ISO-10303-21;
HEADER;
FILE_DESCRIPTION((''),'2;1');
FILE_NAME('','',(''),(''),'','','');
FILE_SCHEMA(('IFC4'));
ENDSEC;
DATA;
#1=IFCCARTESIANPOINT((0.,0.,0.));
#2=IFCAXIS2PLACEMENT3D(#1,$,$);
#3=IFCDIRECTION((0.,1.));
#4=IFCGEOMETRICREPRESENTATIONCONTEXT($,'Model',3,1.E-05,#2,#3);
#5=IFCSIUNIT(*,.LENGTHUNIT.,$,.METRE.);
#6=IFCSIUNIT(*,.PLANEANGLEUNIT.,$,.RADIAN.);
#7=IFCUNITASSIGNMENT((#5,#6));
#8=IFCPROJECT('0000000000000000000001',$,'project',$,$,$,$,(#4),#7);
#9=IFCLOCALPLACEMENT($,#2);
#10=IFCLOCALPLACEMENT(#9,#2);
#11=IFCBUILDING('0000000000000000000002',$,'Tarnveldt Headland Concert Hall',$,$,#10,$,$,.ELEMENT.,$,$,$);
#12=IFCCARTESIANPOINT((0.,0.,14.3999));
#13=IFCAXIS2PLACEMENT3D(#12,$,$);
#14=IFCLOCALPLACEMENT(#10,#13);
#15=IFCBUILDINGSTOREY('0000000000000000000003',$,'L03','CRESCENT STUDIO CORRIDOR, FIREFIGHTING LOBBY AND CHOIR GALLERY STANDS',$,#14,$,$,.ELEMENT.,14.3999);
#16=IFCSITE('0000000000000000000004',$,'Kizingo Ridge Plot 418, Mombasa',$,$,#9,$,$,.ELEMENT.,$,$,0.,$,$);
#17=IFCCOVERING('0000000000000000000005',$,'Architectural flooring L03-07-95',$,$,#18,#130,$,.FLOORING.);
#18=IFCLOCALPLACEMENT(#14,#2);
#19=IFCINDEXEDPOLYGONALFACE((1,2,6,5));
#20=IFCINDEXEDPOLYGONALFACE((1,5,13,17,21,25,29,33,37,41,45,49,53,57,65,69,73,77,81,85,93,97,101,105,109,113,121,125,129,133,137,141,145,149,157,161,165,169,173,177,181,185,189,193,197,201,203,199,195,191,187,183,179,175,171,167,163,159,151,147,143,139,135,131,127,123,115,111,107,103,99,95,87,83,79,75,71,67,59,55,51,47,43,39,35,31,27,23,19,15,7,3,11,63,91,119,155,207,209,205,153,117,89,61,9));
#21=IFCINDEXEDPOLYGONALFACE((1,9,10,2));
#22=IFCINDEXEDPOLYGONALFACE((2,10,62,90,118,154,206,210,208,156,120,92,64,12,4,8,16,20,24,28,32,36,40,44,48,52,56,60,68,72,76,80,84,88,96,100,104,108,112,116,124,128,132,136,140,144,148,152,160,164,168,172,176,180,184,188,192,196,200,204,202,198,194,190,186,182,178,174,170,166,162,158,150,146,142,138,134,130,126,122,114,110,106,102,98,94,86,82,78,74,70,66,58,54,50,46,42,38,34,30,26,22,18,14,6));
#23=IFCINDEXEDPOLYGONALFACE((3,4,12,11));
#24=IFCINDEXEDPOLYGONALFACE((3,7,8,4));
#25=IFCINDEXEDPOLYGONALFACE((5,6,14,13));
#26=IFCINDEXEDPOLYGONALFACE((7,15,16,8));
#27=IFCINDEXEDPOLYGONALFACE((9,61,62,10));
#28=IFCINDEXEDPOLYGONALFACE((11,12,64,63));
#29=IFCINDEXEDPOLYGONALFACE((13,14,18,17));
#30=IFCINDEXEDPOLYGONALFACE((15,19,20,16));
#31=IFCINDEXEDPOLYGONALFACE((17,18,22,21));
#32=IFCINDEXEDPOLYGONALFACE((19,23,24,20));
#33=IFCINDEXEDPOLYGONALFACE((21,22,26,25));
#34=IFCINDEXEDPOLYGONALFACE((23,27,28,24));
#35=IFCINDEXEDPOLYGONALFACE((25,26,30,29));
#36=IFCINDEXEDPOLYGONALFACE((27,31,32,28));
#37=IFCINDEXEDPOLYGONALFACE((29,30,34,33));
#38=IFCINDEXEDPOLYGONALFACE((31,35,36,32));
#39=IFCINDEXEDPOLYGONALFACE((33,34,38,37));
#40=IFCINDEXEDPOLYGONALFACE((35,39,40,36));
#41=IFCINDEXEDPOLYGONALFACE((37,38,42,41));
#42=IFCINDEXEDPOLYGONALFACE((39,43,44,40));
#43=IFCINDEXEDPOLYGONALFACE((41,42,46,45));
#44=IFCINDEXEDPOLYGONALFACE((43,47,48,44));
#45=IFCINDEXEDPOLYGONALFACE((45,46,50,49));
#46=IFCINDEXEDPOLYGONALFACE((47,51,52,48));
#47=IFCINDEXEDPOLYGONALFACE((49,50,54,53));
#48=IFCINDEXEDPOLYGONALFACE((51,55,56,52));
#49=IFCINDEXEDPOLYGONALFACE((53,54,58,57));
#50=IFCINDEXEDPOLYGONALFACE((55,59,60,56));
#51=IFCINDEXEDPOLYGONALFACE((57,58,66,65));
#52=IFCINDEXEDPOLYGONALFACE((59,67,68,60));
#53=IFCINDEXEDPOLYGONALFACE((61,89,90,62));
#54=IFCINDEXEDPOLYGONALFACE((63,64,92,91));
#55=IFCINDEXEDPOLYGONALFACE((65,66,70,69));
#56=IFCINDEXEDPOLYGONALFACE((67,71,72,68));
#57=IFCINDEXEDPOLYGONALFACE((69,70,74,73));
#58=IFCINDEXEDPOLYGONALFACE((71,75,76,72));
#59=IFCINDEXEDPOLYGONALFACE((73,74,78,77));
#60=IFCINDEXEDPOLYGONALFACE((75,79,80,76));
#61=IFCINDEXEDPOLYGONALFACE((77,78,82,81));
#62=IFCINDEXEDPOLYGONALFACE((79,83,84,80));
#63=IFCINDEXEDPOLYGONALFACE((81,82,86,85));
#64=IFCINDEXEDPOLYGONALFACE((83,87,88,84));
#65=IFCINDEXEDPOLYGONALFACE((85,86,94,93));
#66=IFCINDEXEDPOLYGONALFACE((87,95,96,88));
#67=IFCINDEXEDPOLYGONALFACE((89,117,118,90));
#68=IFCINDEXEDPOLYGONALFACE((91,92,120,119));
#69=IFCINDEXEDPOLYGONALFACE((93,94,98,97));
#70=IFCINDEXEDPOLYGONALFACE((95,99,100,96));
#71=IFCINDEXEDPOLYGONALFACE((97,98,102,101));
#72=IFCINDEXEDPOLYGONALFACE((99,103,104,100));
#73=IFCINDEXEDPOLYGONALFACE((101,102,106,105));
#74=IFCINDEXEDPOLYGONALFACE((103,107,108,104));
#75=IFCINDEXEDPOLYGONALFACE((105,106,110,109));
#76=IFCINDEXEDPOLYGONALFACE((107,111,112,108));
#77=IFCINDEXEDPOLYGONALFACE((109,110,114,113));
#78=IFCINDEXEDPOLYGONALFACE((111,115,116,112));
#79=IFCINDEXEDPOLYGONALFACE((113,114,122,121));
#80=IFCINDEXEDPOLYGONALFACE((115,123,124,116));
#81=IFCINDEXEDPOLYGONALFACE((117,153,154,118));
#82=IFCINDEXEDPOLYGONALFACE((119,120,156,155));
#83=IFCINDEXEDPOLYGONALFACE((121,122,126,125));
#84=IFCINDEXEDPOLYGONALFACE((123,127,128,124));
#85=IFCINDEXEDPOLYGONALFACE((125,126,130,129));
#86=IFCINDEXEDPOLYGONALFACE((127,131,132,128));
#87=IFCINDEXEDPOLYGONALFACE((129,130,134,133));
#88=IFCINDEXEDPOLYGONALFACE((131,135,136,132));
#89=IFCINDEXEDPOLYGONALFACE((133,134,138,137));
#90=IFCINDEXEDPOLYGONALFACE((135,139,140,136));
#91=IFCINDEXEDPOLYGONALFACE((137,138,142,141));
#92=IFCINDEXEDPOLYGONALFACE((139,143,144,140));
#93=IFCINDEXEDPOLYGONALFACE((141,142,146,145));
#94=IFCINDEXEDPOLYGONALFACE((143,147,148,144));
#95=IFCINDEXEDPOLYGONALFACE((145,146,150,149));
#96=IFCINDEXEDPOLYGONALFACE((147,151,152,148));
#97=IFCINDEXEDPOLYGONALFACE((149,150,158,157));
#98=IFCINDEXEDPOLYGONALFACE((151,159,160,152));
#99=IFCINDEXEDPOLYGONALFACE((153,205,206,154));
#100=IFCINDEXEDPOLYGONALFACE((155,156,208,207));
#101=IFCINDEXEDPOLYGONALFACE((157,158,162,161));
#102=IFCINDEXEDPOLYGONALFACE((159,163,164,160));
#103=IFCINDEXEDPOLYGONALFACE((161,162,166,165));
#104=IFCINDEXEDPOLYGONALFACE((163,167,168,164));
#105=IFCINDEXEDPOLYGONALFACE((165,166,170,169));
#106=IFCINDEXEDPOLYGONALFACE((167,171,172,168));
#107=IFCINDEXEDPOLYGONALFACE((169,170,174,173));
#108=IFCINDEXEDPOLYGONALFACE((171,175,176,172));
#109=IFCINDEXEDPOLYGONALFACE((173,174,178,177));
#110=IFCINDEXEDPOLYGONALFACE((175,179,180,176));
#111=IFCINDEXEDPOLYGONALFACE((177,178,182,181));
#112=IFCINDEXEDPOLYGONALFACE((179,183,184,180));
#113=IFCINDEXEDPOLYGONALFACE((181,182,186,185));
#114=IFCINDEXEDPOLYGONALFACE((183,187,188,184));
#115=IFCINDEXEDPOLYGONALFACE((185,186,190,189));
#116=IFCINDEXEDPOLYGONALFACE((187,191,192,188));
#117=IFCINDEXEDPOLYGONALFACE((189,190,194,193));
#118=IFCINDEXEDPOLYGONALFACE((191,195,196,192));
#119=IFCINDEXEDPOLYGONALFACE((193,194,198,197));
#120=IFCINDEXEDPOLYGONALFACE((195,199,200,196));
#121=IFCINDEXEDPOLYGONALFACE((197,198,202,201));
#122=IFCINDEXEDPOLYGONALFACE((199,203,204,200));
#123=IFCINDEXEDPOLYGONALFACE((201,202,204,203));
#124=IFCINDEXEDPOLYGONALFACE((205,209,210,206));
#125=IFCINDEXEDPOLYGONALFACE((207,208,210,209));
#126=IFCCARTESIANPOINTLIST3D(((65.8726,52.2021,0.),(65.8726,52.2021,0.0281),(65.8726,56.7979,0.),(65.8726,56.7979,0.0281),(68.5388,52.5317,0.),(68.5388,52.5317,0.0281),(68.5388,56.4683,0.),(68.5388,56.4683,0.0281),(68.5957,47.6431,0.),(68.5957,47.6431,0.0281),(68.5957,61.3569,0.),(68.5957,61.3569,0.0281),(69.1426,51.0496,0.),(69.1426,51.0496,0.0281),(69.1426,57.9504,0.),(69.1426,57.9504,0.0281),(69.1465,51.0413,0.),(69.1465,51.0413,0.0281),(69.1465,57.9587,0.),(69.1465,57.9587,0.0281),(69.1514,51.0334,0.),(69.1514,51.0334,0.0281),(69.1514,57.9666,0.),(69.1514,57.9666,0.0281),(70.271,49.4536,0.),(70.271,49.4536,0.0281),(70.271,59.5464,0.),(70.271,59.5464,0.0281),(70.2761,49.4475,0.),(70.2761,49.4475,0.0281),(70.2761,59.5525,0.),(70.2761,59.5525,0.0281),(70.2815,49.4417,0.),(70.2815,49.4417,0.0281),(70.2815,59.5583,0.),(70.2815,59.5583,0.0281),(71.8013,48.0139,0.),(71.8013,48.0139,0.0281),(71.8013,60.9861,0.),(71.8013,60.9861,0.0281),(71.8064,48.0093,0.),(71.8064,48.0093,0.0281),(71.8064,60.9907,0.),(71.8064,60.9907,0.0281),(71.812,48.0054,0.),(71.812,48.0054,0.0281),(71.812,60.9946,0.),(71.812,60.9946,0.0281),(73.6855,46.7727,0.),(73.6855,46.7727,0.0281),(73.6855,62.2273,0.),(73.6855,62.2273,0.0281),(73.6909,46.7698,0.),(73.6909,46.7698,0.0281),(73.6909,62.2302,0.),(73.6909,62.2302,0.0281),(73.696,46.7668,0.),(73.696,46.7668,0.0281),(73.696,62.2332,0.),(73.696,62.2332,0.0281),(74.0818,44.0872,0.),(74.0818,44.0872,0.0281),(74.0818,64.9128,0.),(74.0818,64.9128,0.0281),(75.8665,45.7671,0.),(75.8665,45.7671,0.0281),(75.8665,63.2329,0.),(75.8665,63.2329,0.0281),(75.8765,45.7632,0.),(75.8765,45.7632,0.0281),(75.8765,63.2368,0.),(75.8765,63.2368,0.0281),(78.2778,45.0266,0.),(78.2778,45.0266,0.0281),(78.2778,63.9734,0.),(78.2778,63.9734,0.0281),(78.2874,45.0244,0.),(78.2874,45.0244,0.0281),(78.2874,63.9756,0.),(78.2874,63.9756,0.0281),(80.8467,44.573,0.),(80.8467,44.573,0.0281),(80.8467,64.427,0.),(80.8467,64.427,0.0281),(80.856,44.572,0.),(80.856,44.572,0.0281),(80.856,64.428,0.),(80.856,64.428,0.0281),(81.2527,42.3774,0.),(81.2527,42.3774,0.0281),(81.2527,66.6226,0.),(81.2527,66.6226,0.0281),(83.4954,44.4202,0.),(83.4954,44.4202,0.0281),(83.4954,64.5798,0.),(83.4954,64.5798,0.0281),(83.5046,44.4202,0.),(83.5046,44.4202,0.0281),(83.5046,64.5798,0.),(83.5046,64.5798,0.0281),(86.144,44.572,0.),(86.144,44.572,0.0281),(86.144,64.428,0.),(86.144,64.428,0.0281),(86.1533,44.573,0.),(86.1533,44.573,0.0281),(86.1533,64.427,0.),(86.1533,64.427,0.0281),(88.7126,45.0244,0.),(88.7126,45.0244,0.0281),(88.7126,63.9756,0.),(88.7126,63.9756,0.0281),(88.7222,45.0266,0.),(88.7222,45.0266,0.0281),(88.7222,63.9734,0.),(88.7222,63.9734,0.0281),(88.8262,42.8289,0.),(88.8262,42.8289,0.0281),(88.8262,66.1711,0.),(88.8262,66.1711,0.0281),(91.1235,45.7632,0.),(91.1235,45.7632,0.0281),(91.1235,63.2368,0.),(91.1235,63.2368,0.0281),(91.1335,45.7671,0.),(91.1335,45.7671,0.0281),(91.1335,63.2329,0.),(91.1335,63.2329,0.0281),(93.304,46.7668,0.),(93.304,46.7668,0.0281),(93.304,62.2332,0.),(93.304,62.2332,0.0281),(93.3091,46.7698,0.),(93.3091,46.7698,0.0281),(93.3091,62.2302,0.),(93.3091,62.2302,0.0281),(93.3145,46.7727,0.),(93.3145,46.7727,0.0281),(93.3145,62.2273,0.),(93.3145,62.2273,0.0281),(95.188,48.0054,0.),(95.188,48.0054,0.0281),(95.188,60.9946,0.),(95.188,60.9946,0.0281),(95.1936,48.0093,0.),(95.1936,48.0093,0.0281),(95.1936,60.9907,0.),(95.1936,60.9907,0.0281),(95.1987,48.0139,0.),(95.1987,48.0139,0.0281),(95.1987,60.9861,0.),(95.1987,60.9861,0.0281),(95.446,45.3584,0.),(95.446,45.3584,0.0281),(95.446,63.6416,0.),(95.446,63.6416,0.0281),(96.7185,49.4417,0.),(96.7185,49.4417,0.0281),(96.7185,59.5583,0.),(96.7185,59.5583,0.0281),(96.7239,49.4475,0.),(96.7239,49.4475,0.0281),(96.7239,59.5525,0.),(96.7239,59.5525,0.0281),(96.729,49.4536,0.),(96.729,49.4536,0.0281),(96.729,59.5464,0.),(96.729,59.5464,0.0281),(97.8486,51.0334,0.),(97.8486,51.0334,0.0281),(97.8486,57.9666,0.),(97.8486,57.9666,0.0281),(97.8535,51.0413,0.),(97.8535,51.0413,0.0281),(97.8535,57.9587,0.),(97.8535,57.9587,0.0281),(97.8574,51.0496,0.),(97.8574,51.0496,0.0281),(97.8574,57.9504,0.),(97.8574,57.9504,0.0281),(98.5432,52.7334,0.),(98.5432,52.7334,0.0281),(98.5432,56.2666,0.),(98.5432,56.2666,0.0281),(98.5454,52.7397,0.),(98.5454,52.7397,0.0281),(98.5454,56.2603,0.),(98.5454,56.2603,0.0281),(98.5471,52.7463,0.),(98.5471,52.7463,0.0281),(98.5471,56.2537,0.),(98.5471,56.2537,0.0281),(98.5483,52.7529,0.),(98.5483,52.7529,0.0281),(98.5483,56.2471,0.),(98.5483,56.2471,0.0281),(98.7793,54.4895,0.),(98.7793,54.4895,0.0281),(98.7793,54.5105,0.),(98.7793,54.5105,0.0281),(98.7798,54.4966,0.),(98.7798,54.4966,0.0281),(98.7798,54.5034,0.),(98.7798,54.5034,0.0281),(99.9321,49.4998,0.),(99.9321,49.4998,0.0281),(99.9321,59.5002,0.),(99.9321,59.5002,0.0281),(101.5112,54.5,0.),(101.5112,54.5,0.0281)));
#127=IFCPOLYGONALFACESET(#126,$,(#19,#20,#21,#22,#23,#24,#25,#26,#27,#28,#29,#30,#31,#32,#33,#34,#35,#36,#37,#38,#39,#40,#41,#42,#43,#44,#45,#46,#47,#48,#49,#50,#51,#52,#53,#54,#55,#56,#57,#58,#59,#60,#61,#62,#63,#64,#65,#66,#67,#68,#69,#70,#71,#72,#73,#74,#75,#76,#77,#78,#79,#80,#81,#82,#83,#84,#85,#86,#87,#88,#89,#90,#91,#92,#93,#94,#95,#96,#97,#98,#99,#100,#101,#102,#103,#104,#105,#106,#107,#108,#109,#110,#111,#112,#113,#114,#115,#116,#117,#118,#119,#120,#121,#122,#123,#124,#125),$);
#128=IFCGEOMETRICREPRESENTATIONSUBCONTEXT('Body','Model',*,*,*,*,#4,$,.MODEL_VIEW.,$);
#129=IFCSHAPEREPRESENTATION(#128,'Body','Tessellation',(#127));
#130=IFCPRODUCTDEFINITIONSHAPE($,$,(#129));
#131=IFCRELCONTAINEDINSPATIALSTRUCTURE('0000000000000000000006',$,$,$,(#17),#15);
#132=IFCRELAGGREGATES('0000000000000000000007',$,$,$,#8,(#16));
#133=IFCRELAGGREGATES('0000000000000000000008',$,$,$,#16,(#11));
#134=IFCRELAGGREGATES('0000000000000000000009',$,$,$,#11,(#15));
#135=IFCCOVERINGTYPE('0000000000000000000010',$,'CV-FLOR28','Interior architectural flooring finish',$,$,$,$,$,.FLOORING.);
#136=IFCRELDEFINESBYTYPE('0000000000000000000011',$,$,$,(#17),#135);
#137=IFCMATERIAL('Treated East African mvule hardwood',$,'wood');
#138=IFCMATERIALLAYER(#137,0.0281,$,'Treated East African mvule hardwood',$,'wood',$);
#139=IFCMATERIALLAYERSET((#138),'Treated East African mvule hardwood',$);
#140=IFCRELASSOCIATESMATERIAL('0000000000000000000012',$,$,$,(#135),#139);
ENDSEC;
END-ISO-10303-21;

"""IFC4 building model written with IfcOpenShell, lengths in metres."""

from ifc_helpers import new_model, si_unit, direction, frame, origin, place, context, subcontext, project, spatial, polyline, outline, extrude, material, layer, layer_set, type_object, element, save


model = new_model("IFC4")

# Units and contexts
model_context = context("Model", 3, precision=1e-05, world=origin(), true_north=direction((0.0, 1.0)))
body_context = subcontext(model_context, "Body", "Model", "MODEL_VIEW")
ifc_project = project(units=[si_unit("LENGTHUNIT", "METRE"), si_unit("PLANEANGLEUNIT", "RADIAN")], contexts=[model_context])

# Site, building, storey
site_placement = place(None, origin())
site = spatial("IfcSite", under=ifc_project, at=site_placement, Name="Kizingo Ridge Plot 418, Mombasa", CompositionType="ELEMENT", RefElevation=0.0)
building_placement = place(site_placement, origin())
building = spatial("IfcBuilding", under=site, at=building_placement, Name="Tarnveldt Headland Concert Hall", CompositionType="ELEMENT")
storey_placement = place(building_placement, frame((0.0, 0.0, 14.3999)))
storey = spatial("IfcBuildingStorey", under=building, at=storey_placement, Name="L03", Description="CRESCENT STUDIO CORRIDOR, FIREFIGHTING LOBBY AND CHOIR GALLERY STANDS", CompositionType="ELEMENT", Elevation=14.3999)

# Covering
ifc_material_1 = material(Name="Treated East African mvule hardwood", Category="wood")
ifc_layer_1 = layer(ifc_material_1, 0.0281, Name="Treated East African mvule hardwood", Category="wood")
ifc_layer_set_1 = layer_set([ifc_layer_1], Name="Treated East African mvule hardwood")
covering_type_1 = type_object("IfcCoveringType", Name="CV-FLOR28", Description="Interior architectural flooring finish", PredefinedType="FLOORING", material=ifc_layer_set_1)
covering_1_placement = place(storey_placement, origin())
element("IfcCovering", 1, at=covering_1_placement, inside=storey, type_object=covering_type_1, Name="Architectural flooring L03-07-95", PredefinedType="FLOORING", context=body_context, shape_type="SweptSolid", body=[
    extrude(outline(polyline([(68.5388, 52.5317), (69.1426, 51.0496), (69.1465, 51.0413), (69.1514, 51.0334), (70.271, 49.4536), (70.2761, 49.4475), (70.2815, 49.4417), (71.8013, 48.0139), (71.8064, 48.0093), (71.812, 48.0054), (73.6855, 46.7727), (73.6909, 46.7698), (73.696, 46.7668), (75.8665, 45.7671), (75.8765, 45.7632), (78.2778, 45.0266), (78.2874, 45.0244), (80.8467, 44.573), (80.856, 44.572), (83.4954, 44.4202), (83.5046, 44.4202), (86.144, 44.572), (86.1533, 44.573), (88.7126, 45.0244), (88.7222, 45.0266), (91.1235, 45.7632), (91.1335, 45.7671), (93.304, 46.7668), (93.3091, 46.7698), (93.3145, 46.7727), (95.188, 48.0054), (95.1936, 48.0093), (95.1987, 48.0139), (96.7185, 49.4417), (96.7239, 49.4475), (96.729, 49.4536), (97.8486, 51.0334), (97.8535, 51.0413), (97.8574, 51.0496), (98.5432, 52.7334), (98.5454, 52.7397), (98.5471, 52.7463), (98.5483, 52.7529), (98.7793, 54.4895), (98.7798, 54.4966), (98.7798, 54.5034), (98.7793, 54.5105), (98.5483, 56.2471), (98.5471, 56.2537), (98.5454, 56.2603), (98.5432, 56.2666), (97.8574, 57.9504), (97.8535, 57.9587), (97.8486, 57.9666), (96.729, 59.5464), (96.7239, 59.5525), (96.7185, 59.5583), (95.1987, 60.9861), (95.1936, 60.9907), (95.188, 60.9946), (93.3145, 62.2273), (93.3091, 62.2302), (93.304, 62.2332), (91.1335, 63.2329), (91.1235, 63.2368), (88.7222, 63.9734), (88.7126, 63.9756), (86.1533, 64.427), (86.144, 64.428), (83.5046, 64.5798), (83.4954, 64.5798), (80.856, 64.428), (80.8467, 64.427), (78.2874, 63.9756), (78.2778, 63.9734), (75.8765, 63.2368), (75.8665, 63.2329), (73.696, 62.2332), (73.6909, 62.2302), (73.6855, 62.2273), (71.812, 60.9946), (71.8064, 60.9907), (71.8013, 60.9861), (70.2815, 59.5583), (70.2761, 59.5525), (70.271, 59.5464), (69.1514, 57.9666), (69.1465, 57.9587), (69.1426, 57.9504), (68.5388, 56.4683), (65.8726, 56.7979), (68.5957, 61.3569), (74.0818, 64.9128), (81.2527, 66.6226), (88.8262, 66.1711), (95.446, 63.6416), (99.9321, 59.5002), (101.5112, 54.5), (99.9321, 49.4998), (95.446, 45.3584), (88.8262, 42.8289), (81.2527, 42.3774), (74.0818, 44.0872), (68.5957, 47.6431), (65.8726, 52.2021), (68.5388, 52.5317)])), origin(), (0.0, 0.0, 1.0), 0.0281),
])

save(model, "model.ifc")
